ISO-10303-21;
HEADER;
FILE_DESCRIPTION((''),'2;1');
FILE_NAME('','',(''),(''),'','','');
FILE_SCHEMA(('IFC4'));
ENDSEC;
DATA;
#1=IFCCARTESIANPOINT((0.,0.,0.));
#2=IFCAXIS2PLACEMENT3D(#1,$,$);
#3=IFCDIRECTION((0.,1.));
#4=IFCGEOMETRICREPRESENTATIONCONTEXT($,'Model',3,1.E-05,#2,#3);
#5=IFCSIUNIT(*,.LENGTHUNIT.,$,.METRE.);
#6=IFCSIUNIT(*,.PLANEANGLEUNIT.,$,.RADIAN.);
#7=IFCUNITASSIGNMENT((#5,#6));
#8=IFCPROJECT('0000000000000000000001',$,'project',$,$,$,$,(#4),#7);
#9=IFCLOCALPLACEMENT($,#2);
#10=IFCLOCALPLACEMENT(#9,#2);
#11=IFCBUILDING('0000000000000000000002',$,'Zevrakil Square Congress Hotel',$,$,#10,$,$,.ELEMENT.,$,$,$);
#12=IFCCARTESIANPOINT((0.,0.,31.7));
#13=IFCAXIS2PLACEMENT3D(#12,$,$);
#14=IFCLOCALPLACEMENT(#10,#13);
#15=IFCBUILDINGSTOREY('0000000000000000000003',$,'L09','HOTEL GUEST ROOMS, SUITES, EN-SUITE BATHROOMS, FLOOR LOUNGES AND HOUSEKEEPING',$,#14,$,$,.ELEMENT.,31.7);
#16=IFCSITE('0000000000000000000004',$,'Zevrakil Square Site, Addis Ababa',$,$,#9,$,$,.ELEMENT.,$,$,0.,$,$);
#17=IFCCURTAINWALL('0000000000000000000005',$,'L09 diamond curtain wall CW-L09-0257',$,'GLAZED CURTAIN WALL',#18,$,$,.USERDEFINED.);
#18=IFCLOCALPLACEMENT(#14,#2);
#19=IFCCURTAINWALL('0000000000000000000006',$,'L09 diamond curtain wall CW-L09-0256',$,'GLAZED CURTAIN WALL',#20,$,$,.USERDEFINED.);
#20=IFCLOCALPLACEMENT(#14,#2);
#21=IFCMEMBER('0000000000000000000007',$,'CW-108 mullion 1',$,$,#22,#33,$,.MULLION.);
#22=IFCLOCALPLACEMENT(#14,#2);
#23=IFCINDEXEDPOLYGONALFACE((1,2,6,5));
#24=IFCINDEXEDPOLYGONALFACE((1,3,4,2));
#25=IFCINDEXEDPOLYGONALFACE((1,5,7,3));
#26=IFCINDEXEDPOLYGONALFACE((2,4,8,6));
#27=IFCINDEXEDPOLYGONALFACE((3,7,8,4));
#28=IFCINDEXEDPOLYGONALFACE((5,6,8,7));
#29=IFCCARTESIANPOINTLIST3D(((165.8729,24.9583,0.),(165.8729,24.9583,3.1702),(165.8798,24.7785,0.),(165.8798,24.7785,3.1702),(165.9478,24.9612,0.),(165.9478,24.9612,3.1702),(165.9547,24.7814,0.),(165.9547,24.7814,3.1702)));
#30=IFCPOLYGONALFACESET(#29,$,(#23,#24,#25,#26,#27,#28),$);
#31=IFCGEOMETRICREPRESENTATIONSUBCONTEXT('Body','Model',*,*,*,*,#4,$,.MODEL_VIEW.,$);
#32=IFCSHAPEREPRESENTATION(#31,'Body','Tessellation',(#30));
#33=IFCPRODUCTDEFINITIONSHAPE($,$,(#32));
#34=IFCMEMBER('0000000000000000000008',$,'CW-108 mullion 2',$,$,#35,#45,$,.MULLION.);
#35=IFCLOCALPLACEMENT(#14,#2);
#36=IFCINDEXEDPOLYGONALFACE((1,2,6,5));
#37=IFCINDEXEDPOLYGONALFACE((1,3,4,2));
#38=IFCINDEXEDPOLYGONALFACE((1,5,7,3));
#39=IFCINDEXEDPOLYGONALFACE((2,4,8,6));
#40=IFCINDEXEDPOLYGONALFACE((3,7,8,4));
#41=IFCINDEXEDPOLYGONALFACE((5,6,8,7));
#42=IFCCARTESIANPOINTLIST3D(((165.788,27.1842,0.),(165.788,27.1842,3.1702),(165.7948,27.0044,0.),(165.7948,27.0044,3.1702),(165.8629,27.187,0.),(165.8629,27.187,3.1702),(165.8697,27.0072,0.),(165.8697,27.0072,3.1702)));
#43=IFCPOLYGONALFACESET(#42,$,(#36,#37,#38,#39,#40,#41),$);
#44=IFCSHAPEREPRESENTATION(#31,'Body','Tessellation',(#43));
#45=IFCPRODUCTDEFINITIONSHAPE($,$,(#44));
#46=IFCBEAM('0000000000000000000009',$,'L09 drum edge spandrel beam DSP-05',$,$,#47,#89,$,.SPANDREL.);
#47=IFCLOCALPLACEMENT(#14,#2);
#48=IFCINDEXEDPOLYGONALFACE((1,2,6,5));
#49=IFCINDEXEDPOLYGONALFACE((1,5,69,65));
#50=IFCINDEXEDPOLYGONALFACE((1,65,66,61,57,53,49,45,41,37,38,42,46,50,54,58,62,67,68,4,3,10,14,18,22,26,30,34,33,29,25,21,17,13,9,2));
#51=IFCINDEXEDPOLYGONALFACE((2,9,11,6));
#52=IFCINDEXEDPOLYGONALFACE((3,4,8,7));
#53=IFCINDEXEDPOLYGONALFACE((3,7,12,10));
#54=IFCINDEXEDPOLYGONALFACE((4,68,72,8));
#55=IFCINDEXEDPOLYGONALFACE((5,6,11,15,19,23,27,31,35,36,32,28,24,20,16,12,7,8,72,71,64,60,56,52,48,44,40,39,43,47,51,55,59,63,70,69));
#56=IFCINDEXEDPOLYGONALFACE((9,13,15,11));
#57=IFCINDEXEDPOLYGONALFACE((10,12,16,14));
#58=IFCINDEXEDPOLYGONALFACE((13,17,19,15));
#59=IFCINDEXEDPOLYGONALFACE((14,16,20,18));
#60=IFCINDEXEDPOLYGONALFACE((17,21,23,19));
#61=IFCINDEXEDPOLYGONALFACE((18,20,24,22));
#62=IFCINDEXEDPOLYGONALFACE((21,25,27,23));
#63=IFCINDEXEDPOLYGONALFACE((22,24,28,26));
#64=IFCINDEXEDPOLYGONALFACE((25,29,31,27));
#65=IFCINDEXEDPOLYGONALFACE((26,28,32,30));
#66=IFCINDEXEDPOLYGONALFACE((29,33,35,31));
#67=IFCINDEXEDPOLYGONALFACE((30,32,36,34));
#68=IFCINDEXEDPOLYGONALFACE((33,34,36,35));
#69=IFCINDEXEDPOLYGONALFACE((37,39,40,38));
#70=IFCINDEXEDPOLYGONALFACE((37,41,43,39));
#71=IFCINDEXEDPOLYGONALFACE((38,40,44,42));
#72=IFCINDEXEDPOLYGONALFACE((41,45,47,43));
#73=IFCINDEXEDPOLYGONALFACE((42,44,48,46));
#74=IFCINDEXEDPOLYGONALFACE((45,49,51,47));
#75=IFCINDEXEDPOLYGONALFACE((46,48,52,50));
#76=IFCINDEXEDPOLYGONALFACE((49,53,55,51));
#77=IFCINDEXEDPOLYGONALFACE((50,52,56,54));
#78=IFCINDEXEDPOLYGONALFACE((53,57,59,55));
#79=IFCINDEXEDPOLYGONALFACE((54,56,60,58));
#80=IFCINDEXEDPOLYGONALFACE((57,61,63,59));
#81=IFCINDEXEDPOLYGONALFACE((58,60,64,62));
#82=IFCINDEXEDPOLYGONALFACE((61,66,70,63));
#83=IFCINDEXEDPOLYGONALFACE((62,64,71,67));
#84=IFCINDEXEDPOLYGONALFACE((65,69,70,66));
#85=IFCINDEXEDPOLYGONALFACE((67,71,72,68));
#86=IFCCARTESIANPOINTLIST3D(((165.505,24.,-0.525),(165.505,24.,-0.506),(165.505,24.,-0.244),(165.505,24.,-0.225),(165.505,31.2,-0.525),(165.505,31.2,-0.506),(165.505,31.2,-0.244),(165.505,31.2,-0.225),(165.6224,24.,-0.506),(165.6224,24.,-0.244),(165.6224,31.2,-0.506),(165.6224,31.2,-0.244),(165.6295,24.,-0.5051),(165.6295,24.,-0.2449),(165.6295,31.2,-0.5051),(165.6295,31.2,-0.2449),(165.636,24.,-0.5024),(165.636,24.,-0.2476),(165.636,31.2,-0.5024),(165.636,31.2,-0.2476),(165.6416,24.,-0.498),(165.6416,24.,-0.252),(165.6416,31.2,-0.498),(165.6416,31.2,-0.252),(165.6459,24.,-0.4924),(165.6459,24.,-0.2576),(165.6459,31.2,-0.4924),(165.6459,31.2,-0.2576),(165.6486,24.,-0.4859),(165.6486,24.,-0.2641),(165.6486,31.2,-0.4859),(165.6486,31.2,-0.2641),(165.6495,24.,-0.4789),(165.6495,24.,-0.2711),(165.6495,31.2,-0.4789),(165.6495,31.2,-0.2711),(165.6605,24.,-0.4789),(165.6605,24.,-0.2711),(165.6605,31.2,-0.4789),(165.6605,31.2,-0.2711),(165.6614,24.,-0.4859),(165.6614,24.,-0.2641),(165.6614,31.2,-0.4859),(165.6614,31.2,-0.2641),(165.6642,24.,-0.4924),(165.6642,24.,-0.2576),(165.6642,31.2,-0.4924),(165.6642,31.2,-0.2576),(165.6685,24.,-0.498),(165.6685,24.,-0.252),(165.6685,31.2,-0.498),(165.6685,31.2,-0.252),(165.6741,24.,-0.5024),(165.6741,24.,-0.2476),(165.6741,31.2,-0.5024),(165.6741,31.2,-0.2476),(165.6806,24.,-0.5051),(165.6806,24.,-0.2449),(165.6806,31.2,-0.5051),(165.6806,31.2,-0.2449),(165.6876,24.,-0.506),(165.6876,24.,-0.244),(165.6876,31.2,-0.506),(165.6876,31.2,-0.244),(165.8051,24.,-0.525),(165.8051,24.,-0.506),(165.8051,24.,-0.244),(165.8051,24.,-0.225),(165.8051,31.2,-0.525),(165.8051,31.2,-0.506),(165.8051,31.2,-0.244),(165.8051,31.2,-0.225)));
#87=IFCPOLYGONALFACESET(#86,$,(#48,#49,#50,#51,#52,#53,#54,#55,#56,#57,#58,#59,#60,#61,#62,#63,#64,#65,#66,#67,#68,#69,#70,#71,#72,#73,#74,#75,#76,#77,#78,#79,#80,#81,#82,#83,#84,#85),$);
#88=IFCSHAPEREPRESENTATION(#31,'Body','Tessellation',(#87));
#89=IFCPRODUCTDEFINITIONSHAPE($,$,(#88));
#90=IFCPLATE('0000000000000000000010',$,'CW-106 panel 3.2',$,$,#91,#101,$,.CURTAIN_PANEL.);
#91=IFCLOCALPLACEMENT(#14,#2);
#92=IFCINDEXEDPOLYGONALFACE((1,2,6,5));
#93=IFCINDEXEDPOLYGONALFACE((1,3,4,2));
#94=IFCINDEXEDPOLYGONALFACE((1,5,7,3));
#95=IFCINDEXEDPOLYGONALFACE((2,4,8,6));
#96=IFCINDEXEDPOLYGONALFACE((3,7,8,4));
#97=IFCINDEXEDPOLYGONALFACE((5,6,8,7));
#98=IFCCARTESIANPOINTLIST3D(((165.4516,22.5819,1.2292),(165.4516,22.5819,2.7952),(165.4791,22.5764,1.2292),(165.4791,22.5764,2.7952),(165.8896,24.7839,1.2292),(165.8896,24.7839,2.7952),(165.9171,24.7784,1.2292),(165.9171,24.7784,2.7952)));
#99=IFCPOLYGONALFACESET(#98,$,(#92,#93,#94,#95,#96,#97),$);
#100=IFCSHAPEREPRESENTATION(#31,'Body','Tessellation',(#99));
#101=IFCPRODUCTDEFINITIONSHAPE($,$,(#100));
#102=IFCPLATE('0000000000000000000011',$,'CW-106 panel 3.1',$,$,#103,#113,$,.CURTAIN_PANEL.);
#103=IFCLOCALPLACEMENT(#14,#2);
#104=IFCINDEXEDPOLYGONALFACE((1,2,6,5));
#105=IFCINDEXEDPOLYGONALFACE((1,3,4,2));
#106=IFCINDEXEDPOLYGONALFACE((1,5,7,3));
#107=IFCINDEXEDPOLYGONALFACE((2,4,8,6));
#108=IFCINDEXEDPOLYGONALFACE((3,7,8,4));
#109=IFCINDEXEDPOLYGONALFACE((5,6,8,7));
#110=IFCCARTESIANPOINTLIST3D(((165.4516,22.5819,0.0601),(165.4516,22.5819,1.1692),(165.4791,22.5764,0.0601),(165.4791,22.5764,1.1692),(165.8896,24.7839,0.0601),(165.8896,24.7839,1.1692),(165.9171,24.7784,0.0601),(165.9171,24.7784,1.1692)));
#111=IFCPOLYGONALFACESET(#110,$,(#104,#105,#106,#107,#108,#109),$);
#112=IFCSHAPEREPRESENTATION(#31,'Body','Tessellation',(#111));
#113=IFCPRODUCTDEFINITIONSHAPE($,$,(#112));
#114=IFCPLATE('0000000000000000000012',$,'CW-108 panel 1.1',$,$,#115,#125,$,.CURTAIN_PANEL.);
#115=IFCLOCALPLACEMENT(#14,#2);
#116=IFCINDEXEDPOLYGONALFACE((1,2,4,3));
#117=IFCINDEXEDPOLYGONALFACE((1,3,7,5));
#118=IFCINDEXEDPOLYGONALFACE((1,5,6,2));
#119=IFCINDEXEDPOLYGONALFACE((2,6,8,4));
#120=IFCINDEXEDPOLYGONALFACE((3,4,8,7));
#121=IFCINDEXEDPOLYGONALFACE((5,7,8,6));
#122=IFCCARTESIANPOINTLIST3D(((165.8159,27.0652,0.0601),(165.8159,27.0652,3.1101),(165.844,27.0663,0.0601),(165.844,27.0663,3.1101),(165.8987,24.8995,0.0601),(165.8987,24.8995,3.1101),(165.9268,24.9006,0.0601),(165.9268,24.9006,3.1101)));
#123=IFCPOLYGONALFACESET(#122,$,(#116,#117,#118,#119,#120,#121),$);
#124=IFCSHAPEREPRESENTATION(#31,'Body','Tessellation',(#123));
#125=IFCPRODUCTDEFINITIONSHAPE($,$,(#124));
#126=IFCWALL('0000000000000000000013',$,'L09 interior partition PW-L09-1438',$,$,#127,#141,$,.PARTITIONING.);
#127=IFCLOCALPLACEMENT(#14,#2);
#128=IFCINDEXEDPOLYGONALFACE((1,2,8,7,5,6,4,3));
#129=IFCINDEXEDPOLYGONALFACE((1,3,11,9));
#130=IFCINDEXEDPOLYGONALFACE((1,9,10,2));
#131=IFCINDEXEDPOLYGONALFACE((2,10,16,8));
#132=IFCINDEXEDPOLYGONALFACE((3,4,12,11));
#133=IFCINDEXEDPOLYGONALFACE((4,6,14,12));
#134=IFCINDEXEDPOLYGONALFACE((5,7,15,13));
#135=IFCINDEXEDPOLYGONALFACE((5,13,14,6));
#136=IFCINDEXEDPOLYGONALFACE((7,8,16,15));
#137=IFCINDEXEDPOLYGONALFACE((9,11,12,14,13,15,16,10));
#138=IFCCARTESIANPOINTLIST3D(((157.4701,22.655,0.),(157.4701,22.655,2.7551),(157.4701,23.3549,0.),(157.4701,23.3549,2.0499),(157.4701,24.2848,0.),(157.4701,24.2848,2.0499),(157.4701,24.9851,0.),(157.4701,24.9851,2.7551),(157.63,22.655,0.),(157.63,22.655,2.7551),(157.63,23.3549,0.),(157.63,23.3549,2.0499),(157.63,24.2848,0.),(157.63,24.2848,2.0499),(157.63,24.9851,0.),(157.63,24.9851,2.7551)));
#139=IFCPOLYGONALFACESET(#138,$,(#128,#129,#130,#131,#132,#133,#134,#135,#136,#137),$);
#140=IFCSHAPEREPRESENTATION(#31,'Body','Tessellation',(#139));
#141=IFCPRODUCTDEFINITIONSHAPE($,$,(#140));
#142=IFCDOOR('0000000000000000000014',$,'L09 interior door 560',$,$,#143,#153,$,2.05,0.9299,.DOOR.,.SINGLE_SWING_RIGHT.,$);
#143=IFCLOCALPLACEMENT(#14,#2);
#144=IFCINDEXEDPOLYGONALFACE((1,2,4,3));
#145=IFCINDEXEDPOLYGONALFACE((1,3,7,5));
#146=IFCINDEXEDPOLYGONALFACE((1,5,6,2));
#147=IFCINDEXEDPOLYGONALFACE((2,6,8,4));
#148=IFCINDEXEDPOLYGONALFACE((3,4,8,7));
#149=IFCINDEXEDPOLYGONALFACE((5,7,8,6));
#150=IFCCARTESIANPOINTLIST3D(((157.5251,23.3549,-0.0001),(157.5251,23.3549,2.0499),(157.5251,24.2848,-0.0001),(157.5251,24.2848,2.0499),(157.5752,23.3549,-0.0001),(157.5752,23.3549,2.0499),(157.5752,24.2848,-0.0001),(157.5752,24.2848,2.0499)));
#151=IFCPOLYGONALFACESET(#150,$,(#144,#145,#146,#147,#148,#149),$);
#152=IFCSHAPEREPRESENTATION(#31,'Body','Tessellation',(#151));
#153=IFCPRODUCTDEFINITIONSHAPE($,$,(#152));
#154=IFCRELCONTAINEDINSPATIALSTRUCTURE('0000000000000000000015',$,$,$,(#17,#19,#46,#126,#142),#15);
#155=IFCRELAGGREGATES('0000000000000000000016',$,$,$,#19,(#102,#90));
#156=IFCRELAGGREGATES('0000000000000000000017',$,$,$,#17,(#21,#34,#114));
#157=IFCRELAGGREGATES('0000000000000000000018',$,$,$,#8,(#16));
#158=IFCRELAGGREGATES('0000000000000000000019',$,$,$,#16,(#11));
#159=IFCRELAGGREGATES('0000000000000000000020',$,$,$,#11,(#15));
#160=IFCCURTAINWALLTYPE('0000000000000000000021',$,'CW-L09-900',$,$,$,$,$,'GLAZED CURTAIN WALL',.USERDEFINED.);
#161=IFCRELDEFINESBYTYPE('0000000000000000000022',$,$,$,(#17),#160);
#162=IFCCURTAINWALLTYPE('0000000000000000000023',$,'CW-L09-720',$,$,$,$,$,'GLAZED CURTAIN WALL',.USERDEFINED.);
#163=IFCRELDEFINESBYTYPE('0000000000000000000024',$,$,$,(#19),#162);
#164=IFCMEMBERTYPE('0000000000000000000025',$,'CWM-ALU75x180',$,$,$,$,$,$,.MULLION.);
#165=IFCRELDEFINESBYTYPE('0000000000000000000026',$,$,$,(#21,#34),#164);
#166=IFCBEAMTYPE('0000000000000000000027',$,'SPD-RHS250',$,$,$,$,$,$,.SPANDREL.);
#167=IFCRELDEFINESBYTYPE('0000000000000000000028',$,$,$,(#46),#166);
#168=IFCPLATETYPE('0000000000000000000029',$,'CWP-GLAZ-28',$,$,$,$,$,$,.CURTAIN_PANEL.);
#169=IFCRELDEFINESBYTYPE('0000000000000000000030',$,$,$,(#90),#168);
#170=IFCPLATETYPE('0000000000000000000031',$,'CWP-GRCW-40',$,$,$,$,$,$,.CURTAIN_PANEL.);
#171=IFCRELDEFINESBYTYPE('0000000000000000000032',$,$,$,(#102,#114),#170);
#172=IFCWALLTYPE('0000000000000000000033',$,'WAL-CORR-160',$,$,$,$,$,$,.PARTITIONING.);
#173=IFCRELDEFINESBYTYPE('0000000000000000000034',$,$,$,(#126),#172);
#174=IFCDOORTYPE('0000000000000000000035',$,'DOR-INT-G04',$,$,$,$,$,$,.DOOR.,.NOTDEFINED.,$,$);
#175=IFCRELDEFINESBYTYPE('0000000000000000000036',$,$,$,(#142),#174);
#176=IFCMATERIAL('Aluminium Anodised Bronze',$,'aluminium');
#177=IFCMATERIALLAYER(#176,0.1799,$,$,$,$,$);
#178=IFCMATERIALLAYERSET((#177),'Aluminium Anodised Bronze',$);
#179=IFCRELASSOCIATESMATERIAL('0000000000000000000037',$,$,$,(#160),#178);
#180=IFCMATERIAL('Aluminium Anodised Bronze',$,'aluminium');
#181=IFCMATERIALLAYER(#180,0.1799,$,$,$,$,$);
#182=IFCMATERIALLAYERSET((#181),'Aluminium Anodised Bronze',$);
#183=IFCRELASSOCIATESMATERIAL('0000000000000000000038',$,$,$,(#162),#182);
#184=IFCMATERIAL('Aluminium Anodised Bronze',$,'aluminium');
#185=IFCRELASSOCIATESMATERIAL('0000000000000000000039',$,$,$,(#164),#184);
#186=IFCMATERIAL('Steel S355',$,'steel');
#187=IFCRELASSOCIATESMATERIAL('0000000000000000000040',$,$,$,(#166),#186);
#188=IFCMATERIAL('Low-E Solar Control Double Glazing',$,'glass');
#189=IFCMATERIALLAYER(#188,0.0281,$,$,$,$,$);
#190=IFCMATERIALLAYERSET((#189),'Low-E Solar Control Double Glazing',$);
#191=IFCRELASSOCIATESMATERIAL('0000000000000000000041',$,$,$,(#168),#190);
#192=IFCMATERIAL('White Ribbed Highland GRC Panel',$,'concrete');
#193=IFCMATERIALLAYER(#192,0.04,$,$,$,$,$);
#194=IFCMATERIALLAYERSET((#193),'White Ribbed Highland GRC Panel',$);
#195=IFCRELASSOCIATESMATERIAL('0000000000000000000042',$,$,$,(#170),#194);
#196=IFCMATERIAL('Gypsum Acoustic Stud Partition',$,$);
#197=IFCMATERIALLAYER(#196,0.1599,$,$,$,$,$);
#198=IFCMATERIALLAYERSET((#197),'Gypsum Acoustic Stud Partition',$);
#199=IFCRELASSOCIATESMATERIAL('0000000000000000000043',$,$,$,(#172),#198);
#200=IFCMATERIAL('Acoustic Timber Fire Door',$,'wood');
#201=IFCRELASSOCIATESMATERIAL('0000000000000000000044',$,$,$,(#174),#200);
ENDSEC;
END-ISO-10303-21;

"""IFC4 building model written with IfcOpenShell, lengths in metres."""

from ifc_helpers import new_model, si_unit, direction, frame, frame_2d, origin, origin_2d, place, context, subcontext, project, spatial, rectangle, i_section, extrude, material, layer, layer_set, material_profile, profile_set, type_object, element, fill, aggregate, save


model = new_model("IFC4")

# Units and contexts
model_context = context("Model", 3, precision=1e-05, world=origin(), true_north=direction((0.0, 1.0)))
body_context = subcontext(model_context, "Body", "Model", "MODEL_VIEW")
ifc_project = project(units=[si_unit("LENGTHUNIT", "METRE"), si_unit("PLANEANGLEUNIT", "RADIAN")], contexts=[model_context])

# Site, building, storey
site_placement = place(None, origin())
site = spatial("IfcSite", under=ifc_project, at=site_placement, Name="Zevrakil Square Site, Addis Ababa", CompositionType="ELEMENT", RefElevation=0.0)
building_placement = place(site_placement, origin())
building = spatial("IfcBuilding", under=site, at=building_placement, Name="Zevrakil Square Congress Hotel", CompositionType="ELEMENT")
storey_placement = place(building_placement, frame((0.0, 0.0, 31.7)))
storey = spatial("IfcBuildingStorey", under=building, at=storey_placement, Name="L09", Description="HOTEL GUEST ROOMS, SUITES, EN-SUITE BATHROOMS, FLOOR LOUNGES AND HOUSEKEEPING", CompositionType="ELEMENT", Elevation=31.7)

# Curtain wall
ifc_material_1 = material(Name="Aluminium Anodised Bronze", Category="aluminium")
ifc_layer_1 = layer(ifc_material_1, 0.1799)
ifc_layer_set_1 = layer_set([ifc_layer_1], Name="Aluminium Anodised Bronze")
curtain_wall_type_1 = type_object("IfcCurtainWallType", Name="CW-L09-900", ElementType="GLAZED CURTAIN WALL", PredefinedType="USERDEFINED", material=ifc_layer_set_1)
curtain_wall_1_placement = place(storey_placement, origin())
curtain_wall_1 = element("IfcCurtainWall", 1, at=curtain_wall_1_placement, inside=storey, type_object=curtain_wall_type_1, Name="L09 diamond curtain wall CW-L09-0257", ObjectType="GLAZED CURTAIN WALL", PredefinedType="USERDEFINED")

# Curtain wall
ifc_material_2 = material(Name="Aluminium Anodised Bronze", Category="aluminium")
ifc_layer_2 = layer(ifc_material_2, 0.1799)
ifc_layer_set_2 = layer_set([ifc_layer_2], Name="Aluminium Anodised Bronze")
curtain_wall_type_2 = type_object("IfcCurtainWallType", Name="CW-L09-720", ElementType="GLAZED CURTAIN WALL", PredefinedType="USERDEFINED", material=ifc_layer_set_2)
curtain_wall_2_placement = place(storey_placement, origin())
curtain_wall_2 = element("IfcCurtainWall", 2, at=curtain_wall_2_placement, inside=storey, type_object=curtain_wall_type_2, Name="L09 diamond curtain wall CW-L09-0256", ObjectType="GLAZED CURTAIN WALL", PredefinedType="USERDEFINED")
ifc_material_3 = material(Name="Aluminium Anodised Bronze", Category="aluminium")
ifc_material_profile_1 = material_profile(ifc_material_3, rectangle(XDim=0.075, YDim=0.1799, at=origin_2d()), Name="ALU 75x180")
ifc_profile_set_1 = profile_set([ifc_material_profile_1], Name="Aluminium Anodised Bronze")
member_type_1 = type_object("IfcMemberType", Name="CWM-ALU75x180", PredefinedType="MULLION", material=ifc_profile_set_1)

# Members
member_1_placement = place(storey_placement, frame((165.9138, 24.8699, 0.0), z_axis=(0.0, 0.0, 1.0), x_axis=(-0.99927, -0.038209, 0.0)))
member_1 = element("IfcMember", 3, at=member_1_placement, type_object=member_type_1, Name="CW-108 mullion 1", PredefinedType="MULLION", context=body_context, shape_type="SweptSolid", body=[
    extrude(rectangle(XDim=0.075, YDim=0.1799, at=origin_2d()), origin(), (0.0, 0.0, 1.0), 3.1702),
])
member_2_placement = place(storey_placement, frame((165.8289, 27.0957, 0.0), z_axis=(0.0, 0.0, 1.0), x_axis=(-0.99927, -0.038209, 0.0)))
member_2 = element("IfcMember", 4, at=member_2_placement, type_object=member_type_1, Name="CW-108 mullion 2", PredefinedType="MULLION", context=body_context, shape_type="SweptSolid", body=[
    extrude(rectangle(XDim=0.075, YDim=0.1799, at=origin_2d()), origin(), (0.0, 0.0, 1.0), 3.1702),
])

# Beam
ifc_material_4 = material(Name="Steel S355", Category="steel")
ifc_material_profile_2 = material_profile(ifc_material_4, i_section(OverallWidth=0.3, OverallDepth=0.3, WebThickness=0.011, FlangeThickness=0.019, FilletRadius=0.0271, at=origin_2d()), Name="HEB 300")
ifc_profile_set_2 = profile_set([ifc_material_profile_2], Name="Steel S355")
beam_type_1 = type_object("IfcBeamType", Name="SPD-RHS250", PredefinedType="SPANDREL", material=ifc_profile_set_2)
beam_1_placement = place(storey_placement, frame((165.655, 24.0, -0.375), z_axis=(0.0, 1.0, 0.0), x_axis=(-1.0, 0.0, 0.0)))
element("IfcBeam", 5, at=beam_1_placement, inside=storey, type_object=beam_type_1, Name="L09 drum edge spandrel beam DSP-05", PredefinedType="SPANDREL", context=body_context, shape_type="SweptSolid", body=[
    extrude(i_section(OverallWidth=0.3, OverallDepth=0.3, WebThickness=0.011, FlangeThickness=0.019, FilletRadius=0.0271, at=origin_2d()), origin(), (0.0, 0.0, 1.0), 7.2),
])

# Plates
ifc_material_5 = material(Name="Low-E Solar Control Double Glazing", Category="glass")
ifc_layer_3 = layer(ifc_material_5, 0.0281)
ifc_layer_set_3 = layer_set([ifc_layer_3], Name="Low-E Solar Control Double Glazing")
plate_type_1 = type_object("IfcPlateType", Name="CWP-GLAZ-28", PredefinedType="CURTAIN_PANEL", material=ifc_layer_set_3)
plate_1_placement = place(storey_placement, frame((165.6843, 23.6802, 1.2292), z_axis=(0.0, 0.0, 1.0), x_axis=(0.195084, 0.980787, 0.0)))
plate_1 = element("IfcPlate", 6, at=plate_1_placement, type_object=plate_type_1, Name="CW-106 panel 3.2", PredefinedType="CURTAIN_PANEL", context=body_context, shape_type="SweptSolid", body=[
    extrude(rectangle(XDim=2.2451, YDim=0.0281, at=origin_2d()), origin(), (0.0, 0.0, 1.0), 1.5659),
])
ifc_material_6 = material(Name="White Ribbed Highland GRC Panel", Category="concrete")
ifc_layer_4 = layer(ifc_material_6, 0.04)
ifc_layer_set_4 = layer_set([ifc_layer_4], Name="White Ribbed Highland GRC Panel")
plate_type_2 = type_object("IfcPlateType", Name="CWP-GRCW-40", PredefinedType="CURTAIN_PANEL", material=ifc_layer_set_4)
plate_2_placement = place(storey_placement, frame((165.6843, 23.6802, 0.0601), z_axis=(0.0, 0.0, 1.0), x_axis=(0.195084, 0.980787, 0.0)))
plate_2 = element("IfcPlate", 7, at=plate_2_placement, type_object=plate_type_2, Name="CW-106 panel 3.1", PredefinedType="CURTAIN_PANEL", context=body_context, shape_type="SweptSolid", body=[
    extrude(rectangle(XDim=2.2451, YDim=0.0281, at=origin_2d()), origin(), (0.0, 0.0, 1.0), 1.1091),
])
aggregate(curtain_wall_2, [plate_2, plate_1])
plate_3_placement = place(storey_placement, frame((165.8713, 25.9829, 0.0601), z_axis=(0.0, 0.0, 1.0), x_axis=(-0.038209, 0.99927, 0.0)))
plate_3 = element("IfcPlate", 8, at=plate_3_placement, type_object=plate_type_2, Name="CW-108 panel 1.1", PredefinedType="CURTAIN_PANEL", context=body_context, shape_type="SweptSolid", body=[
    extrude(rectangle(XDim=2.1672, YDim=0.0281, at=origin_2d()), origin(), (0.0, 0.0, 1.0), 3.05),
])
aggregate(curtain_wall_1, [member_1, member_2, plate_3])

# Wall, opening, door
ifc_material_7 = material(Name="Gypsum Acoustic Stud Partition")
ifc_layer_5 = layer(ifc_material_7, 0.1599)
ifc_layer_set_5 = layer_set([ifc_layer_5], Name="Gypsum Acoustic Stud Partition")
wall_type_1 = type_object("IfcWallType", Name="WAL-CORR-160", PredefinedType="PARTITIONING", material=ifc_layer_set_5)
wall_1_placement = place(storey_placement, frame((157.55, 22.655, 0.0), z_axis=(0.0, 0.0, 1.0), x_axis=(0.0, 1.0, 0.0)))
wall_1 = element("IfcWall", 9, at=wall_1_placement, inside=storey, type_object=wall_type_1, Name="L09 interior partition PW-L09-1438", PredefinedType="PARTITIONING", context=body_context, shape_type="SweptSolid", body=[
    extrude(rectangle(XDim=2.3301, YDim=0.1599, at=frame_2d((1.165, 0.0))), origin(), (0.0, 0.0, 1.0), 2.7551),
])
opening_1_placement = place(wall_1_placement, frame((0.7, 0.0, 0.0)))
opening_1 = element("IfcOpeningElement", 10, at=opening_1_placement, cuts=wall_1, PredefinedType="OPENING", context=body_context, shape_type="SweptSolid", body=[
    extrude(rectangle(XDim=0.9299, YDim=2.05, at=frame_2d((0.4648, 1.0249))), frame((0.0, 0.0898, 0.0), z_axis=(0.0, -1.0, 0.0), x_axis=(1.0, 0.0, 0.0)), (0.0, 0.0, 1.0), 0.1799),
])
ifc_material_8 = material(Name="Acoustic Timber Fire Door", Category="wood")
door_type_1 = type_object("IfcDoorType", Name="DOR-INT-G04", OperationType="NOTDEFINED", PredefinedType="DOOR", material=ifc_material_8)
door_1_placement = place(opening_1_placement, origin())
door_1 = element("IfcDoor", 11, at=door_1_placement, inside=storey, type_object=door_type_1, Name="L09 interior door 560", OperationType="SINGLE_SWING_RIGHT", OverallHeight=2.05, OverallWidth=0.9299, PredefinedType="DOOR", context=body_context, shape_type="SweptSolid", body=[
    extrude(rectangle(XDim=0.9299, YDim=2.05, at=frame_2d((0.4648, 1.0249))), frame((0.0, 0.0249, 0.0), z_axis=(0.0, -1.0, 0.0), x_axis=(1.0, 0.0, 0.0)), (0.0, 0.0, 1.0), 0.05),
])
fill(opening_1, door_1)

save(model, "model.ifc")
